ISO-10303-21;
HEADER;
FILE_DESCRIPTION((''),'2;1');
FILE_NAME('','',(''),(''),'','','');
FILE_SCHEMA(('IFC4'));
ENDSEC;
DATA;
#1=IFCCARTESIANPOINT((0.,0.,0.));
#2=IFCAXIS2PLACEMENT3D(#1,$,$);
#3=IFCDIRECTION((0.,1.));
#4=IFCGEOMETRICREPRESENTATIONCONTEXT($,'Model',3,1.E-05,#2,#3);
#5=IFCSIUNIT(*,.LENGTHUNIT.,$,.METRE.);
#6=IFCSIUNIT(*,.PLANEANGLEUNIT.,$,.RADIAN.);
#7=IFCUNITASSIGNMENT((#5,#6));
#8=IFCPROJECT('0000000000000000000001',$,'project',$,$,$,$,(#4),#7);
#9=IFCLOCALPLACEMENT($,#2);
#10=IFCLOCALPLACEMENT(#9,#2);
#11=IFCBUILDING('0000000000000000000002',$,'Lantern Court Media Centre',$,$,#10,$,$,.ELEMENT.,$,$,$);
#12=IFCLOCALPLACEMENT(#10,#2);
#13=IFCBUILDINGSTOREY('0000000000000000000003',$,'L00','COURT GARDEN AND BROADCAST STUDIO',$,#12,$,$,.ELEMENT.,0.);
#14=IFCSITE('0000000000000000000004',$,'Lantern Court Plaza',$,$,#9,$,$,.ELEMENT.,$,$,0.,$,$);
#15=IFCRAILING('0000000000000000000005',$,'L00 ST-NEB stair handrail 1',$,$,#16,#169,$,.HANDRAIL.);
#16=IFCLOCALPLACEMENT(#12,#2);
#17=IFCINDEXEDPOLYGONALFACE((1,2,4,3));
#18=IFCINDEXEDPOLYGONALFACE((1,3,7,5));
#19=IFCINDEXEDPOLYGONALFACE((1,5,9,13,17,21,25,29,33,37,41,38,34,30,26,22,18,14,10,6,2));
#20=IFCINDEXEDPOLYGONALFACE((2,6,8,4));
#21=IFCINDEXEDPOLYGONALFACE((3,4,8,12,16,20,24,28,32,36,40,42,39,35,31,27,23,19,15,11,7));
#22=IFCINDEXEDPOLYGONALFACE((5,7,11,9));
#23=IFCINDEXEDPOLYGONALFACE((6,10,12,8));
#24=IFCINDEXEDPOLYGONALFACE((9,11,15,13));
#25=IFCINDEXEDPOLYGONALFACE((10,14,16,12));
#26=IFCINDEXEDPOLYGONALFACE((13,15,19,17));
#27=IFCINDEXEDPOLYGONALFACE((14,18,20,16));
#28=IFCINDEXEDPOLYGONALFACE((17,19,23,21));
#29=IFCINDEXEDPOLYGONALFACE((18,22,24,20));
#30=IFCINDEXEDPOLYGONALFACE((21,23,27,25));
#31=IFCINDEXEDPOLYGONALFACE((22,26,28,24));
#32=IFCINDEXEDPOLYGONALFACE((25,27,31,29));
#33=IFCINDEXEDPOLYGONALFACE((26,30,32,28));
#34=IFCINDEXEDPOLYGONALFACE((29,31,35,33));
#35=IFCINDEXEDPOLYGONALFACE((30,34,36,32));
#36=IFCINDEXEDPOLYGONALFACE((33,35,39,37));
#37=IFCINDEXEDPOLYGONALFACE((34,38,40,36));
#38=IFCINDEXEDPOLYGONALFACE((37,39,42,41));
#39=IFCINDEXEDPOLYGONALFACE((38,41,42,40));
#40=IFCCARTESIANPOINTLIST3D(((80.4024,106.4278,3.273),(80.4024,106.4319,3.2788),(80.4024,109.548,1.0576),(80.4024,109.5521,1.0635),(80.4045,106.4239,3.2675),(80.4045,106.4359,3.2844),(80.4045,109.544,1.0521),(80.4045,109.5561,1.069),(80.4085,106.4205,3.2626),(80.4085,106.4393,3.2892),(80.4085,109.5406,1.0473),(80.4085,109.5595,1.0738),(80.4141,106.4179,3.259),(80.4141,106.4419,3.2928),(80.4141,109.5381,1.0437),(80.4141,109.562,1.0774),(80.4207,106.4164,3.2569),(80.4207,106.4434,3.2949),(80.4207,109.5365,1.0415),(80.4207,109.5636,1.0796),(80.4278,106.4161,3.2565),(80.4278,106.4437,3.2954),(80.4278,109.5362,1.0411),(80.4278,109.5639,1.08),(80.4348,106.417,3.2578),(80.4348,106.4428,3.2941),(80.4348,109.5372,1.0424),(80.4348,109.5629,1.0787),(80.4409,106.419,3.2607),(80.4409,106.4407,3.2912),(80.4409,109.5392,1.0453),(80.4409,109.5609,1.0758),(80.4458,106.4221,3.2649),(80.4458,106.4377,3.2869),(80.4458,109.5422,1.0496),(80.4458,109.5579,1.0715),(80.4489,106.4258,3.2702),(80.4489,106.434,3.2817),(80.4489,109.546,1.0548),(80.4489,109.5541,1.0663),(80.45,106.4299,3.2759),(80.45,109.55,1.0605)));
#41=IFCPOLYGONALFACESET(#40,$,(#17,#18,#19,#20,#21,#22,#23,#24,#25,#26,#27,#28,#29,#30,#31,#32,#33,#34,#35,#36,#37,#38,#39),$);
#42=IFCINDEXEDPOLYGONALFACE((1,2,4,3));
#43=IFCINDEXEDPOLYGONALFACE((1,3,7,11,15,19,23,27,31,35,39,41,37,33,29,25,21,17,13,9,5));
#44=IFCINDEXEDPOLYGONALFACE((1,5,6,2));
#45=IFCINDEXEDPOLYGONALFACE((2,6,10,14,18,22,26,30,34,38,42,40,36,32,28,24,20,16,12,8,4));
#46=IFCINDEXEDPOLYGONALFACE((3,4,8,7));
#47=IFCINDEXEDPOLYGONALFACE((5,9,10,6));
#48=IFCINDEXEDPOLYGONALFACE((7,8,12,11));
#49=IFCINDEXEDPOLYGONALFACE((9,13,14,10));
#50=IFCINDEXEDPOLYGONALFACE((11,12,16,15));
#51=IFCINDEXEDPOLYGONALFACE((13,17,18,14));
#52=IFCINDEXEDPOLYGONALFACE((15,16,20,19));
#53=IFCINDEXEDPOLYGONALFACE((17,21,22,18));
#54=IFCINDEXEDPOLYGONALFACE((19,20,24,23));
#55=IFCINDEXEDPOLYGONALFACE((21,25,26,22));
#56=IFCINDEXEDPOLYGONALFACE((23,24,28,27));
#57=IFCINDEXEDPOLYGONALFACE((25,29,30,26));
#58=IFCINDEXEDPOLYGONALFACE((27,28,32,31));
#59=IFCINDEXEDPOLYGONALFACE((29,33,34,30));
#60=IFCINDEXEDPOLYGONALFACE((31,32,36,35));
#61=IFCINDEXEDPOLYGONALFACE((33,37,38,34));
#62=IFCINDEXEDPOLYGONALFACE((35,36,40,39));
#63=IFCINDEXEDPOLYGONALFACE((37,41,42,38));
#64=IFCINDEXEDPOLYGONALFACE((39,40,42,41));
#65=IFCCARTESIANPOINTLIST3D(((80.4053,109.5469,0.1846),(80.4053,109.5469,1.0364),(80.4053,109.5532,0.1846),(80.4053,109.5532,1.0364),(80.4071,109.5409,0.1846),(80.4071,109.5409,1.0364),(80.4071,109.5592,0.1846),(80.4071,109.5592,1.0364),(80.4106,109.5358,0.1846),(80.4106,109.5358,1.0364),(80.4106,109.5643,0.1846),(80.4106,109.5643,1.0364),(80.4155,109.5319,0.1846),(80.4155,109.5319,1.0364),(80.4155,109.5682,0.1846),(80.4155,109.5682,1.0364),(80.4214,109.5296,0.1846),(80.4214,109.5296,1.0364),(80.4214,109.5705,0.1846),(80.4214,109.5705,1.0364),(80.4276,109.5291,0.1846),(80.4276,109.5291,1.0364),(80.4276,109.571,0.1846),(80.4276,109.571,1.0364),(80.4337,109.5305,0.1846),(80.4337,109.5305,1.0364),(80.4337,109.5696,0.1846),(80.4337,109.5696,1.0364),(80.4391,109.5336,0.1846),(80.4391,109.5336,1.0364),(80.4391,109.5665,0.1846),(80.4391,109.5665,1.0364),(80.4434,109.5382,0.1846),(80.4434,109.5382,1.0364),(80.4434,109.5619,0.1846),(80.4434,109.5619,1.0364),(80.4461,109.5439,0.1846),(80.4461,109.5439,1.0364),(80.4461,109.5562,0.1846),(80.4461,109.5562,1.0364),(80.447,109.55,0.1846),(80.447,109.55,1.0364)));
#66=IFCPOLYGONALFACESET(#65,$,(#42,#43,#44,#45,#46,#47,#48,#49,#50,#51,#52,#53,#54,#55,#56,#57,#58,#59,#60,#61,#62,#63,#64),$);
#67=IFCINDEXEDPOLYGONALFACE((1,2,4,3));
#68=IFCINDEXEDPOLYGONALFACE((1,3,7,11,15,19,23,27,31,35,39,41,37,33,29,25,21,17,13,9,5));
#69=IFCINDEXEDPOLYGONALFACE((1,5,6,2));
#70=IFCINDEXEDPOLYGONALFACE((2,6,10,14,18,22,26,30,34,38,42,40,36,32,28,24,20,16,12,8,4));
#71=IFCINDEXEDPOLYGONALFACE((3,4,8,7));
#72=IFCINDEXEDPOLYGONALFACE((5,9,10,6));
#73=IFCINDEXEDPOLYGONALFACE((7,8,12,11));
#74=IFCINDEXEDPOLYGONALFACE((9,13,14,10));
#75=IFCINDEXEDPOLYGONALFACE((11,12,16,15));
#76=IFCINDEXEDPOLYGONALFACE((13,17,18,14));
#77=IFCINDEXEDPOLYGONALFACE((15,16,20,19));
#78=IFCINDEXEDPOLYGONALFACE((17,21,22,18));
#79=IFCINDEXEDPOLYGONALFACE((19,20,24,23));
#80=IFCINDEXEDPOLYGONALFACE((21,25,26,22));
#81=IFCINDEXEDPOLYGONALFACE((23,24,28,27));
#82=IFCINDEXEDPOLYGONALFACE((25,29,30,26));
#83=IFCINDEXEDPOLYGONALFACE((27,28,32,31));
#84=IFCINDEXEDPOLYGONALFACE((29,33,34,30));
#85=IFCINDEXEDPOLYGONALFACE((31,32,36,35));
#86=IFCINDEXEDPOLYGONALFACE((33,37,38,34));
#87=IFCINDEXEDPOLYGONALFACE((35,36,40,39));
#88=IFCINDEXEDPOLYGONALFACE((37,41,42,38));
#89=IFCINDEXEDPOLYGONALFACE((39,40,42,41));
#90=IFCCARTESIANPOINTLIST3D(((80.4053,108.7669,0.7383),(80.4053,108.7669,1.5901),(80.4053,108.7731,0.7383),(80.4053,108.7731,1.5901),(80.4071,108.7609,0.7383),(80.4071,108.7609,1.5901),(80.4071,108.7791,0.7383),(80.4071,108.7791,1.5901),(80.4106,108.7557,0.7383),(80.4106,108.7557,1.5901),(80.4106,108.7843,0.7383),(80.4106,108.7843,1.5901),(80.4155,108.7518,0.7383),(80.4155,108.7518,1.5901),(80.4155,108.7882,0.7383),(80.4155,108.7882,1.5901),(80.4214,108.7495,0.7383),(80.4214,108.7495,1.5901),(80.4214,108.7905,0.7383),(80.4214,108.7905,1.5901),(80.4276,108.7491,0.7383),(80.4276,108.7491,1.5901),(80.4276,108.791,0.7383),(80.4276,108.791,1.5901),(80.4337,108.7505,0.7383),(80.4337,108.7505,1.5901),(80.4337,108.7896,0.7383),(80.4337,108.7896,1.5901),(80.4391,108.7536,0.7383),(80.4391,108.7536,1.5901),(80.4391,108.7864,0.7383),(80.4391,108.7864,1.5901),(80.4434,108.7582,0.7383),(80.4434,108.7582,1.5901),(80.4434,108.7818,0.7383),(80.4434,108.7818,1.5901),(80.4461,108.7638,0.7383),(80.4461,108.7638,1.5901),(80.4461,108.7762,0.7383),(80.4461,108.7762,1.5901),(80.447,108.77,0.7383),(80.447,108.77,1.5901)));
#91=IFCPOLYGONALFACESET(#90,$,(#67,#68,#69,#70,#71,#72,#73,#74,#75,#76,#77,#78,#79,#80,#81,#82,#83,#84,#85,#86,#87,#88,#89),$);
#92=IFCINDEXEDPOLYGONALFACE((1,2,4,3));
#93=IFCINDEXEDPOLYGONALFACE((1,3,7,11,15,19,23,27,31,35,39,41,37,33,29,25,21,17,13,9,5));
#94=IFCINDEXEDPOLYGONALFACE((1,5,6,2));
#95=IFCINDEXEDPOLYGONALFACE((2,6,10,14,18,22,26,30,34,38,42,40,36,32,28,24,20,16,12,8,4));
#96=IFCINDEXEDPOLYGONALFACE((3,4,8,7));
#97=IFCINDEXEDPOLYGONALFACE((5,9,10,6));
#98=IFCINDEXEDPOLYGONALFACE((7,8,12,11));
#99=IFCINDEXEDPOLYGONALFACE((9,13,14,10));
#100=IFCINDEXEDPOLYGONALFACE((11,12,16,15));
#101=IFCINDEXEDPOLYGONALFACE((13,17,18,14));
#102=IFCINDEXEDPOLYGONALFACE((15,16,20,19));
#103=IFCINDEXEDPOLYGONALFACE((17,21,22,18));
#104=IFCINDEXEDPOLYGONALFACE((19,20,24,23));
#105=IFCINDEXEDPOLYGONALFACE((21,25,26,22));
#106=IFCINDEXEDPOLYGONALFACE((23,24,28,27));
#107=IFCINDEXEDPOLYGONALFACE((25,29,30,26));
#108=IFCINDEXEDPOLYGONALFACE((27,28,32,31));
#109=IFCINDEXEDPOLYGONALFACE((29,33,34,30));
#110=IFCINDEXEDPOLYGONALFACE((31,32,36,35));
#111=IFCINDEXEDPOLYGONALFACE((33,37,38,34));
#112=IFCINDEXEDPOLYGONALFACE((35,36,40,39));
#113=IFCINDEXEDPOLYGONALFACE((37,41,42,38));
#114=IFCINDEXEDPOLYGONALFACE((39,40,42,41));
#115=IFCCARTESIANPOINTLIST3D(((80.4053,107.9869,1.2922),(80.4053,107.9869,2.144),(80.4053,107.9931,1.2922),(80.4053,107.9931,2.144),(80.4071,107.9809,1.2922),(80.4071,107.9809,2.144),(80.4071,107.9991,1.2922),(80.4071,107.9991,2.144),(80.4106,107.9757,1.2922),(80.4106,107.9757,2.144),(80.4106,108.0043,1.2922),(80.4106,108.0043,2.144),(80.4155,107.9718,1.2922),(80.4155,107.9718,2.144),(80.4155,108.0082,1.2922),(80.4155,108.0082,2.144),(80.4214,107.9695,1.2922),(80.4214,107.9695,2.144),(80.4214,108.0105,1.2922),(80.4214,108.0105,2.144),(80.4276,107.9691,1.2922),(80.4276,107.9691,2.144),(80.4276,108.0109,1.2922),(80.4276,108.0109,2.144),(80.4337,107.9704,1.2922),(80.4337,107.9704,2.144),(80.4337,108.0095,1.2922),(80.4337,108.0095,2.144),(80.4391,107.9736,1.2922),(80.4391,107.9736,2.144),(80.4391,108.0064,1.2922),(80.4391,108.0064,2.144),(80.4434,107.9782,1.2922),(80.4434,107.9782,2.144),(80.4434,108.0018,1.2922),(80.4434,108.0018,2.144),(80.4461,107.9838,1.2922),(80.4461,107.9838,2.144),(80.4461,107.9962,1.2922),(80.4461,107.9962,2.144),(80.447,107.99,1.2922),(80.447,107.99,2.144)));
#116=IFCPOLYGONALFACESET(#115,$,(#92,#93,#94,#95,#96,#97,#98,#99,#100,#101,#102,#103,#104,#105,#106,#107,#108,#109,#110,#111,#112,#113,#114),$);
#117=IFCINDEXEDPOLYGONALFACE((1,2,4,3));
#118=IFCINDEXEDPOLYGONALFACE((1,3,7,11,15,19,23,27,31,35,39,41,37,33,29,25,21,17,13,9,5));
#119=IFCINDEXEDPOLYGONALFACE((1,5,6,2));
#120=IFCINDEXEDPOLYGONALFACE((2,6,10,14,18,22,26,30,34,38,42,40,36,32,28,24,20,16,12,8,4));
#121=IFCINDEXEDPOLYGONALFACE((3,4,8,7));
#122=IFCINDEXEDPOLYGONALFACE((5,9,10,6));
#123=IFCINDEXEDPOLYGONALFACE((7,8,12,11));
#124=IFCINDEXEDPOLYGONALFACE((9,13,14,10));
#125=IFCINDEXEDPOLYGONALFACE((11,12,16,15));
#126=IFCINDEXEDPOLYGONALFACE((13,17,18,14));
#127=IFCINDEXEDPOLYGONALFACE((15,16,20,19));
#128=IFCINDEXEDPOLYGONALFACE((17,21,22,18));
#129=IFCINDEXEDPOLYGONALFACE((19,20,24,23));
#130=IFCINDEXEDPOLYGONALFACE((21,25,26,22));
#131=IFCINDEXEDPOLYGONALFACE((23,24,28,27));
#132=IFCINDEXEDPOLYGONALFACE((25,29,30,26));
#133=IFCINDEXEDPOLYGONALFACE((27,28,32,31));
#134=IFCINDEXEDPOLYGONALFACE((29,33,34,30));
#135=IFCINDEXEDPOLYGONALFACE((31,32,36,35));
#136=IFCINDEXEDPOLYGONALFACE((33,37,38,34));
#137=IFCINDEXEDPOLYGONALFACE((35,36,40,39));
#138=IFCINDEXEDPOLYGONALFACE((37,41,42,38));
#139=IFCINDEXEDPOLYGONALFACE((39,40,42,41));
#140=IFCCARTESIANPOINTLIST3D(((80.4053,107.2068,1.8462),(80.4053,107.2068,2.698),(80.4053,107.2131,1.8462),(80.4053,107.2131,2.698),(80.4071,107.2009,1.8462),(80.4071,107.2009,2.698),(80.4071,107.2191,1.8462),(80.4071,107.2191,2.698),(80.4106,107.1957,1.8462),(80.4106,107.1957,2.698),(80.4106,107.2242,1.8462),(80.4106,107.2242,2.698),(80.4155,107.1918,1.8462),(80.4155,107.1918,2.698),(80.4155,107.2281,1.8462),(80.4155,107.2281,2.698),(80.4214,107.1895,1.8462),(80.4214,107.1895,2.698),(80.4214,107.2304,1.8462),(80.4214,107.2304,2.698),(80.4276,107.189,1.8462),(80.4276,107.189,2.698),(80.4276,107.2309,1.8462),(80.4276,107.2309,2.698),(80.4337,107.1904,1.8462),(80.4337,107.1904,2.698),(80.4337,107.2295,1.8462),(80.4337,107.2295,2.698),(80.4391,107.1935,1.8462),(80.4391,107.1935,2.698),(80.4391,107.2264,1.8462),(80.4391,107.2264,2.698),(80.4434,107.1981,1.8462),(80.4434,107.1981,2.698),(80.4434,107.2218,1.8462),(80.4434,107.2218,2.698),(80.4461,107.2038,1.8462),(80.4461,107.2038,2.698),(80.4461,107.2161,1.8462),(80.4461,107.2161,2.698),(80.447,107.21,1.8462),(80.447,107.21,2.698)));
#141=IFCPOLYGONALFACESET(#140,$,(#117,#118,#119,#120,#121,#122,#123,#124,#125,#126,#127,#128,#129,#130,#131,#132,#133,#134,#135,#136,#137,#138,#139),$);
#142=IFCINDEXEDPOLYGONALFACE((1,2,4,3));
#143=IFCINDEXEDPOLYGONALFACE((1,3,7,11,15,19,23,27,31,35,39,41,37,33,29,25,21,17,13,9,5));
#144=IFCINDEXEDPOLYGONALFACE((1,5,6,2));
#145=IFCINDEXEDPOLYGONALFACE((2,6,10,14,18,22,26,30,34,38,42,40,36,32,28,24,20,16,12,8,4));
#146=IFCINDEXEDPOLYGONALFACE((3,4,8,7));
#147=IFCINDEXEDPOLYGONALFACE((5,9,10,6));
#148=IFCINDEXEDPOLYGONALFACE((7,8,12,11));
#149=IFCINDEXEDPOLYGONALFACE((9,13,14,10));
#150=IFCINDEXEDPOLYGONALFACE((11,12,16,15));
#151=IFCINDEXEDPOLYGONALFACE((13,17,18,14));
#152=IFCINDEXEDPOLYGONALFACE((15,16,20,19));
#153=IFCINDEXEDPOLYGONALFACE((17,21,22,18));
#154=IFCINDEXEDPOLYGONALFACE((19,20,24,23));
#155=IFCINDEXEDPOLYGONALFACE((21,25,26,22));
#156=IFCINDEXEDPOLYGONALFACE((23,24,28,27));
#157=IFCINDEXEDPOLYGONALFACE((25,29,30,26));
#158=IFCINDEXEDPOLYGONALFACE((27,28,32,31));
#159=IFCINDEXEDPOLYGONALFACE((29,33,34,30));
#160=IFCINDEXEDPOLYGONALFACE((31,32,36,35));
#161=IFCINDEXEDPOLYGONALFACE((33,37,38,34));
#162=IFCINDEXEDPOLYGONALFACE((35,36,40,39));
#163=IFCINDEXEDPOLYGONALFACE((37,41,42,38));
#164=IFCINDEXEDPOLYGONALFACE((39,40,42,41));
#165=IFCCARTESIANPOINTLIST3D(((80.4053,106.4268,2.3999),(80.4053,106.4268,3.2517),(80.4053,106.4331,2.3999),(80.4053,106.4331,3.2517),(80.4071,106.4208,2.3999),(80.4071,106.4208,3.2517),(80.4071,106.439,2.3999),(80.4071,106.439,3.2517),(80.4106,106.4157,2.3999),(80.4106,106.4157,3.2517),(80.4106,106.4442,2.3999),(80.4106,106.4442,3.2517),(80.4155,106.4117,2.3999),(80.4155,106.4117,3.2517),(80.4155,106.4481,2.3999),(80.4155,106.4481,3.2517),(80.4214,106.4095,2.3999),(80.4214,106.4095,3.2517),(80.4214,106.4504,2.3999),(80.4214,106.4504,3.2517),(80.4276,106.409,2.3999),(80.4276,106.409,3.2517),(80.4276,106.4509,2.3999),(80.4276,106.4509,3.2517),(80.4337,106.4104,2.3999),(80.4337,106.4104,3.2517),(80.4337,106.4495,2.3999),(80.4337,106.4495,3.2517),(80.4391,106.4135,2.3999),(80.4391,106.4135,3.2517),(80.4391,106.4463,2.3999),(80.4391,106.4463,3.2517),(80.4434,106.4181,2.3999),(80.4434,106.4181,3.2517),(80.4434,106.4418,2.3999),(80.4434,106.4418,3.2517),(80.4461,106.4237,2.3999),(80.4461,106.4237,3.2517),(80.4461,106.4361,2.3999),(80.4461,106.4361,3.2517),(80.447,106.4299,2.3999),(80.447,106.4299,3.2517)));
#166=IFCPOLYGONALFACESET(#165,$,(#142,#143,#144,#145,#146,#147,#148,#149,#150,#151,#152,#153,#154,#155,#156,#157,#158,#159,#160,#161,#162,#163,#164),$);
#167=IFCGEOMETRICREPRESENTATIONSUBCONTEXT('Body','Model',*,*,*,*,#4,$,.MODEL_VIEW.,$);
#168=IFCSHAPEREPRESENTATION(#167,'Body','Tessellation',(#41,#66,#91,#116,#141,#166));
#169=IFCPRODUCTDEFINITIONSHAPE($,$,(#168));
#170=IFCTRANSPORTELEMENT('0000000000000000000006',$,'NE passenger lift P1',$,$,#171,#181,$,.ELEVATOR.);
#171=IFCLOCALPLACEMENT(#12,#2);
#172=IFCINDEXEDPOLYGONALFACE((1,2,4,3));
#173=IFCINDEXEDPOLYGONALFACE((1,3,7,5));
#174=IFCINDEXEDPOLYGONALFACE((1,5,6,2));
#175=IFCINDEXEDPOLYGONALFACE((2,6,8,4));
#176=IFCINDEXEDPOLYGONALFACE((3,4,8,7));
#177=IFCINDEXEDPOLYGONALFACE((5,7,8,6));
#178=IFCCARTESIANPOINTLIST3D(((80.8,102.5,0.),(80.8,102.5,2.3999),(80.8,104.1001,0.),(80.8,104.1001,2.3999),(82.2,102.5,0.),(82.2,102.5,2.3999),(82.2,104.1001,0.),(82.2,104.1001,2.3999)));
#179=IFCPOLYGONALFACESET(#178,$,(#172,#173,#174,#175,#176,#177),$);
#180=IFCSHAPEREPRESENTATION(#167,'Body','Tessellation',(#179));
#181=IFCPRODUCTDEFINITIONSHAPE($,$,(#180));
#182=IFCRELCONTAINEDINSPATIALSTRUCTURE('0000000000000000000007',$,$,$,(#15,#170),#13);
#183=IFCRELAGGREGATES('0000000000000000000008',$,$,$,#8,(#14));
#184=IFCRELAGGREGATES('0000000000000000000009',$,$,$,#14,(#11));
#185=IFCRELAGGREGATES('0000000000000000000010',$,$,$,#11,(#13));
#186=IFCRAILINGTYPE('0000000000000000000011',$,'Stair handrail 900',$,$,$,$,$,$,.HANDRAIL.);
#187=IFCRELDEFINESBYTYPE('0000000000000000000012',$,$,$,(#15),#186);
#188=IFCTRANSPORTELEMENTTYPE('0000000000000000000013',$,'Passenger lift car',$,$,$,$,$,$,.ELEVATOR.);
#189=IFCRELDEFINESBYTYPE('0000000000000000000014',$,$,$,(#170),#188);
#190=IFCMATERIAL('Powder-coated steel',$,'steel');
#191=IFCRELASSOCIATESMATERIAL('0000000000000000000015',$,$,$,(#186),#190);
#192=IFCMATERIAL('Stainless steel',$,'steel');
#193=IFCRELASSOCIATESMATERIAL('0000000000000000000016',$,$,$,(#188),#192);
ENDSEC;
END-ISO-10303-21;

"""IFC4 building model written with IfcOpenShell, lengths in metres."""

from ifc_helpers import new_model, si_unit, direction, frame, origin, origin_2d, place, context, subcontext, project, spatial, rectangle, circle, extrude, material, type_object, element, save


model = new_model("IFC4")

# Units and contexts
model_context = context("Model", 3, precision=1e-05, world=origin(), true_north=direction((0.0, 1.0)))
body_context = subcontext(model_context, "Body", "Model", "MODEL_VIEW")
ifc_project = project(units=[si_unit("LENGTHUNIT", "METRE"), si_unit("PLANEANGLEUNIT", "RADIAN")], contexts=[model_context])

# Site, building, storey
site_placement = place(None, origin())
site = spatial("IfcSite", under=ifc_project, at=site_placement, Name="Lantern Court Plaza", CompositionType="ELEMENT", RefElevation=0.0)
building_placement = place(site_placement, origin())
building = spatial("IfcBuilding", under=site, at=building_placement, Name="Lantern Court Media Centre", CompositionType="ELEMENT")
storey_placement = place(building_placement, origin())
storey = spatial("IfcBuildingStorey", under=building, at=storey_placement, Name="L00", Description="COURT GARDEN AND BROADCAST STUDIO", CompositionType="ELEMENT", Elevation=0.0)

# Railing
ifc_material_1 = material(Name="Powder-coated steel", Category="steel")
railing_type_1 = type_object("IfcRailingType", Name="Stair handrail 900", PredefinedType="HANDRAIL", material=ifc_material_1)
railing_1_placement = place(storey_placement, frame((80.426, 109.55, 0.1846)))
element("IfcRailing", 1, at=railing_1_placement, inside=storey, type_object=railing_type_1, Name="L00 ST-NEB stair handrail 1", PredefinedType="HANDRAIL", context=body_context, shape_type="SweptSolid", body=[
    extrude(circle(Radius=0.0239, at=origin_2d()), frame((0.0, 0.0, 0.876), z_axis=(0.0, -0.815377, 0.57893), x_axis=(1.0, 0.0, 0.0)), (0.0, 0.0, 1.0), 3.8267),
    extrude(circle(Radius=0.021, at=origin_2d()), origin(), (0.0, 0.0, 1.0), 0.8518),
    extrude(circle(Radius=0.021, at=origin_2d()), frame((0.0, -0.78, 0.5537)), (0.0, 0.0, 1.0), 0.8518),
    extrude(circle(Radius=0.021, at=origin_2d()), frame((0.0, -1.5601, 1.1077)), (0.0, 0.0, 1.0), 0.8518),
    extrude(circle(Radius=0.021, at=origin_2d()), frame((0.0, -2.3401, 1.6616)), (0.0, 0.0, 1.0), 0.8518),
    extrude(circle(Radius=0.021, at=origin_2d()), frame((0.0, -3.1201, 2.2153)), (0.0, 0.0, 1.0), 0.8518),
])

# Transport element
ifc_material_2 = material(Name="Stainless steel", Category="steel")
transport_element_type = type_object("IfcTransportElementType", Name="Passenger lift car", PredefinedType="ELEVATOR", material=ifc_material_2)
transport_element_placement = place(storey_placement, frame((81.5, 103.3, 0.0), z_axis=(0.0, 0.0, 1.0), x_axis=(1.0, 0.0, 0.0)))
element("IfcTransportElement", 2, at=transport_element_placement, inside=storey, type_object=transport_element_type, Name="NE passenger lift P1", PredefinedType="ELEVATOR", context=body_context, shape_type="SweptSolid", body=[
    extrude(rectangle(XDim=1.3999, YDim=1.6001, at=origin_2d()), origin(), (0.0, 0.0, 1.0), 2.3999),
])

save(model, "model.ifc")
